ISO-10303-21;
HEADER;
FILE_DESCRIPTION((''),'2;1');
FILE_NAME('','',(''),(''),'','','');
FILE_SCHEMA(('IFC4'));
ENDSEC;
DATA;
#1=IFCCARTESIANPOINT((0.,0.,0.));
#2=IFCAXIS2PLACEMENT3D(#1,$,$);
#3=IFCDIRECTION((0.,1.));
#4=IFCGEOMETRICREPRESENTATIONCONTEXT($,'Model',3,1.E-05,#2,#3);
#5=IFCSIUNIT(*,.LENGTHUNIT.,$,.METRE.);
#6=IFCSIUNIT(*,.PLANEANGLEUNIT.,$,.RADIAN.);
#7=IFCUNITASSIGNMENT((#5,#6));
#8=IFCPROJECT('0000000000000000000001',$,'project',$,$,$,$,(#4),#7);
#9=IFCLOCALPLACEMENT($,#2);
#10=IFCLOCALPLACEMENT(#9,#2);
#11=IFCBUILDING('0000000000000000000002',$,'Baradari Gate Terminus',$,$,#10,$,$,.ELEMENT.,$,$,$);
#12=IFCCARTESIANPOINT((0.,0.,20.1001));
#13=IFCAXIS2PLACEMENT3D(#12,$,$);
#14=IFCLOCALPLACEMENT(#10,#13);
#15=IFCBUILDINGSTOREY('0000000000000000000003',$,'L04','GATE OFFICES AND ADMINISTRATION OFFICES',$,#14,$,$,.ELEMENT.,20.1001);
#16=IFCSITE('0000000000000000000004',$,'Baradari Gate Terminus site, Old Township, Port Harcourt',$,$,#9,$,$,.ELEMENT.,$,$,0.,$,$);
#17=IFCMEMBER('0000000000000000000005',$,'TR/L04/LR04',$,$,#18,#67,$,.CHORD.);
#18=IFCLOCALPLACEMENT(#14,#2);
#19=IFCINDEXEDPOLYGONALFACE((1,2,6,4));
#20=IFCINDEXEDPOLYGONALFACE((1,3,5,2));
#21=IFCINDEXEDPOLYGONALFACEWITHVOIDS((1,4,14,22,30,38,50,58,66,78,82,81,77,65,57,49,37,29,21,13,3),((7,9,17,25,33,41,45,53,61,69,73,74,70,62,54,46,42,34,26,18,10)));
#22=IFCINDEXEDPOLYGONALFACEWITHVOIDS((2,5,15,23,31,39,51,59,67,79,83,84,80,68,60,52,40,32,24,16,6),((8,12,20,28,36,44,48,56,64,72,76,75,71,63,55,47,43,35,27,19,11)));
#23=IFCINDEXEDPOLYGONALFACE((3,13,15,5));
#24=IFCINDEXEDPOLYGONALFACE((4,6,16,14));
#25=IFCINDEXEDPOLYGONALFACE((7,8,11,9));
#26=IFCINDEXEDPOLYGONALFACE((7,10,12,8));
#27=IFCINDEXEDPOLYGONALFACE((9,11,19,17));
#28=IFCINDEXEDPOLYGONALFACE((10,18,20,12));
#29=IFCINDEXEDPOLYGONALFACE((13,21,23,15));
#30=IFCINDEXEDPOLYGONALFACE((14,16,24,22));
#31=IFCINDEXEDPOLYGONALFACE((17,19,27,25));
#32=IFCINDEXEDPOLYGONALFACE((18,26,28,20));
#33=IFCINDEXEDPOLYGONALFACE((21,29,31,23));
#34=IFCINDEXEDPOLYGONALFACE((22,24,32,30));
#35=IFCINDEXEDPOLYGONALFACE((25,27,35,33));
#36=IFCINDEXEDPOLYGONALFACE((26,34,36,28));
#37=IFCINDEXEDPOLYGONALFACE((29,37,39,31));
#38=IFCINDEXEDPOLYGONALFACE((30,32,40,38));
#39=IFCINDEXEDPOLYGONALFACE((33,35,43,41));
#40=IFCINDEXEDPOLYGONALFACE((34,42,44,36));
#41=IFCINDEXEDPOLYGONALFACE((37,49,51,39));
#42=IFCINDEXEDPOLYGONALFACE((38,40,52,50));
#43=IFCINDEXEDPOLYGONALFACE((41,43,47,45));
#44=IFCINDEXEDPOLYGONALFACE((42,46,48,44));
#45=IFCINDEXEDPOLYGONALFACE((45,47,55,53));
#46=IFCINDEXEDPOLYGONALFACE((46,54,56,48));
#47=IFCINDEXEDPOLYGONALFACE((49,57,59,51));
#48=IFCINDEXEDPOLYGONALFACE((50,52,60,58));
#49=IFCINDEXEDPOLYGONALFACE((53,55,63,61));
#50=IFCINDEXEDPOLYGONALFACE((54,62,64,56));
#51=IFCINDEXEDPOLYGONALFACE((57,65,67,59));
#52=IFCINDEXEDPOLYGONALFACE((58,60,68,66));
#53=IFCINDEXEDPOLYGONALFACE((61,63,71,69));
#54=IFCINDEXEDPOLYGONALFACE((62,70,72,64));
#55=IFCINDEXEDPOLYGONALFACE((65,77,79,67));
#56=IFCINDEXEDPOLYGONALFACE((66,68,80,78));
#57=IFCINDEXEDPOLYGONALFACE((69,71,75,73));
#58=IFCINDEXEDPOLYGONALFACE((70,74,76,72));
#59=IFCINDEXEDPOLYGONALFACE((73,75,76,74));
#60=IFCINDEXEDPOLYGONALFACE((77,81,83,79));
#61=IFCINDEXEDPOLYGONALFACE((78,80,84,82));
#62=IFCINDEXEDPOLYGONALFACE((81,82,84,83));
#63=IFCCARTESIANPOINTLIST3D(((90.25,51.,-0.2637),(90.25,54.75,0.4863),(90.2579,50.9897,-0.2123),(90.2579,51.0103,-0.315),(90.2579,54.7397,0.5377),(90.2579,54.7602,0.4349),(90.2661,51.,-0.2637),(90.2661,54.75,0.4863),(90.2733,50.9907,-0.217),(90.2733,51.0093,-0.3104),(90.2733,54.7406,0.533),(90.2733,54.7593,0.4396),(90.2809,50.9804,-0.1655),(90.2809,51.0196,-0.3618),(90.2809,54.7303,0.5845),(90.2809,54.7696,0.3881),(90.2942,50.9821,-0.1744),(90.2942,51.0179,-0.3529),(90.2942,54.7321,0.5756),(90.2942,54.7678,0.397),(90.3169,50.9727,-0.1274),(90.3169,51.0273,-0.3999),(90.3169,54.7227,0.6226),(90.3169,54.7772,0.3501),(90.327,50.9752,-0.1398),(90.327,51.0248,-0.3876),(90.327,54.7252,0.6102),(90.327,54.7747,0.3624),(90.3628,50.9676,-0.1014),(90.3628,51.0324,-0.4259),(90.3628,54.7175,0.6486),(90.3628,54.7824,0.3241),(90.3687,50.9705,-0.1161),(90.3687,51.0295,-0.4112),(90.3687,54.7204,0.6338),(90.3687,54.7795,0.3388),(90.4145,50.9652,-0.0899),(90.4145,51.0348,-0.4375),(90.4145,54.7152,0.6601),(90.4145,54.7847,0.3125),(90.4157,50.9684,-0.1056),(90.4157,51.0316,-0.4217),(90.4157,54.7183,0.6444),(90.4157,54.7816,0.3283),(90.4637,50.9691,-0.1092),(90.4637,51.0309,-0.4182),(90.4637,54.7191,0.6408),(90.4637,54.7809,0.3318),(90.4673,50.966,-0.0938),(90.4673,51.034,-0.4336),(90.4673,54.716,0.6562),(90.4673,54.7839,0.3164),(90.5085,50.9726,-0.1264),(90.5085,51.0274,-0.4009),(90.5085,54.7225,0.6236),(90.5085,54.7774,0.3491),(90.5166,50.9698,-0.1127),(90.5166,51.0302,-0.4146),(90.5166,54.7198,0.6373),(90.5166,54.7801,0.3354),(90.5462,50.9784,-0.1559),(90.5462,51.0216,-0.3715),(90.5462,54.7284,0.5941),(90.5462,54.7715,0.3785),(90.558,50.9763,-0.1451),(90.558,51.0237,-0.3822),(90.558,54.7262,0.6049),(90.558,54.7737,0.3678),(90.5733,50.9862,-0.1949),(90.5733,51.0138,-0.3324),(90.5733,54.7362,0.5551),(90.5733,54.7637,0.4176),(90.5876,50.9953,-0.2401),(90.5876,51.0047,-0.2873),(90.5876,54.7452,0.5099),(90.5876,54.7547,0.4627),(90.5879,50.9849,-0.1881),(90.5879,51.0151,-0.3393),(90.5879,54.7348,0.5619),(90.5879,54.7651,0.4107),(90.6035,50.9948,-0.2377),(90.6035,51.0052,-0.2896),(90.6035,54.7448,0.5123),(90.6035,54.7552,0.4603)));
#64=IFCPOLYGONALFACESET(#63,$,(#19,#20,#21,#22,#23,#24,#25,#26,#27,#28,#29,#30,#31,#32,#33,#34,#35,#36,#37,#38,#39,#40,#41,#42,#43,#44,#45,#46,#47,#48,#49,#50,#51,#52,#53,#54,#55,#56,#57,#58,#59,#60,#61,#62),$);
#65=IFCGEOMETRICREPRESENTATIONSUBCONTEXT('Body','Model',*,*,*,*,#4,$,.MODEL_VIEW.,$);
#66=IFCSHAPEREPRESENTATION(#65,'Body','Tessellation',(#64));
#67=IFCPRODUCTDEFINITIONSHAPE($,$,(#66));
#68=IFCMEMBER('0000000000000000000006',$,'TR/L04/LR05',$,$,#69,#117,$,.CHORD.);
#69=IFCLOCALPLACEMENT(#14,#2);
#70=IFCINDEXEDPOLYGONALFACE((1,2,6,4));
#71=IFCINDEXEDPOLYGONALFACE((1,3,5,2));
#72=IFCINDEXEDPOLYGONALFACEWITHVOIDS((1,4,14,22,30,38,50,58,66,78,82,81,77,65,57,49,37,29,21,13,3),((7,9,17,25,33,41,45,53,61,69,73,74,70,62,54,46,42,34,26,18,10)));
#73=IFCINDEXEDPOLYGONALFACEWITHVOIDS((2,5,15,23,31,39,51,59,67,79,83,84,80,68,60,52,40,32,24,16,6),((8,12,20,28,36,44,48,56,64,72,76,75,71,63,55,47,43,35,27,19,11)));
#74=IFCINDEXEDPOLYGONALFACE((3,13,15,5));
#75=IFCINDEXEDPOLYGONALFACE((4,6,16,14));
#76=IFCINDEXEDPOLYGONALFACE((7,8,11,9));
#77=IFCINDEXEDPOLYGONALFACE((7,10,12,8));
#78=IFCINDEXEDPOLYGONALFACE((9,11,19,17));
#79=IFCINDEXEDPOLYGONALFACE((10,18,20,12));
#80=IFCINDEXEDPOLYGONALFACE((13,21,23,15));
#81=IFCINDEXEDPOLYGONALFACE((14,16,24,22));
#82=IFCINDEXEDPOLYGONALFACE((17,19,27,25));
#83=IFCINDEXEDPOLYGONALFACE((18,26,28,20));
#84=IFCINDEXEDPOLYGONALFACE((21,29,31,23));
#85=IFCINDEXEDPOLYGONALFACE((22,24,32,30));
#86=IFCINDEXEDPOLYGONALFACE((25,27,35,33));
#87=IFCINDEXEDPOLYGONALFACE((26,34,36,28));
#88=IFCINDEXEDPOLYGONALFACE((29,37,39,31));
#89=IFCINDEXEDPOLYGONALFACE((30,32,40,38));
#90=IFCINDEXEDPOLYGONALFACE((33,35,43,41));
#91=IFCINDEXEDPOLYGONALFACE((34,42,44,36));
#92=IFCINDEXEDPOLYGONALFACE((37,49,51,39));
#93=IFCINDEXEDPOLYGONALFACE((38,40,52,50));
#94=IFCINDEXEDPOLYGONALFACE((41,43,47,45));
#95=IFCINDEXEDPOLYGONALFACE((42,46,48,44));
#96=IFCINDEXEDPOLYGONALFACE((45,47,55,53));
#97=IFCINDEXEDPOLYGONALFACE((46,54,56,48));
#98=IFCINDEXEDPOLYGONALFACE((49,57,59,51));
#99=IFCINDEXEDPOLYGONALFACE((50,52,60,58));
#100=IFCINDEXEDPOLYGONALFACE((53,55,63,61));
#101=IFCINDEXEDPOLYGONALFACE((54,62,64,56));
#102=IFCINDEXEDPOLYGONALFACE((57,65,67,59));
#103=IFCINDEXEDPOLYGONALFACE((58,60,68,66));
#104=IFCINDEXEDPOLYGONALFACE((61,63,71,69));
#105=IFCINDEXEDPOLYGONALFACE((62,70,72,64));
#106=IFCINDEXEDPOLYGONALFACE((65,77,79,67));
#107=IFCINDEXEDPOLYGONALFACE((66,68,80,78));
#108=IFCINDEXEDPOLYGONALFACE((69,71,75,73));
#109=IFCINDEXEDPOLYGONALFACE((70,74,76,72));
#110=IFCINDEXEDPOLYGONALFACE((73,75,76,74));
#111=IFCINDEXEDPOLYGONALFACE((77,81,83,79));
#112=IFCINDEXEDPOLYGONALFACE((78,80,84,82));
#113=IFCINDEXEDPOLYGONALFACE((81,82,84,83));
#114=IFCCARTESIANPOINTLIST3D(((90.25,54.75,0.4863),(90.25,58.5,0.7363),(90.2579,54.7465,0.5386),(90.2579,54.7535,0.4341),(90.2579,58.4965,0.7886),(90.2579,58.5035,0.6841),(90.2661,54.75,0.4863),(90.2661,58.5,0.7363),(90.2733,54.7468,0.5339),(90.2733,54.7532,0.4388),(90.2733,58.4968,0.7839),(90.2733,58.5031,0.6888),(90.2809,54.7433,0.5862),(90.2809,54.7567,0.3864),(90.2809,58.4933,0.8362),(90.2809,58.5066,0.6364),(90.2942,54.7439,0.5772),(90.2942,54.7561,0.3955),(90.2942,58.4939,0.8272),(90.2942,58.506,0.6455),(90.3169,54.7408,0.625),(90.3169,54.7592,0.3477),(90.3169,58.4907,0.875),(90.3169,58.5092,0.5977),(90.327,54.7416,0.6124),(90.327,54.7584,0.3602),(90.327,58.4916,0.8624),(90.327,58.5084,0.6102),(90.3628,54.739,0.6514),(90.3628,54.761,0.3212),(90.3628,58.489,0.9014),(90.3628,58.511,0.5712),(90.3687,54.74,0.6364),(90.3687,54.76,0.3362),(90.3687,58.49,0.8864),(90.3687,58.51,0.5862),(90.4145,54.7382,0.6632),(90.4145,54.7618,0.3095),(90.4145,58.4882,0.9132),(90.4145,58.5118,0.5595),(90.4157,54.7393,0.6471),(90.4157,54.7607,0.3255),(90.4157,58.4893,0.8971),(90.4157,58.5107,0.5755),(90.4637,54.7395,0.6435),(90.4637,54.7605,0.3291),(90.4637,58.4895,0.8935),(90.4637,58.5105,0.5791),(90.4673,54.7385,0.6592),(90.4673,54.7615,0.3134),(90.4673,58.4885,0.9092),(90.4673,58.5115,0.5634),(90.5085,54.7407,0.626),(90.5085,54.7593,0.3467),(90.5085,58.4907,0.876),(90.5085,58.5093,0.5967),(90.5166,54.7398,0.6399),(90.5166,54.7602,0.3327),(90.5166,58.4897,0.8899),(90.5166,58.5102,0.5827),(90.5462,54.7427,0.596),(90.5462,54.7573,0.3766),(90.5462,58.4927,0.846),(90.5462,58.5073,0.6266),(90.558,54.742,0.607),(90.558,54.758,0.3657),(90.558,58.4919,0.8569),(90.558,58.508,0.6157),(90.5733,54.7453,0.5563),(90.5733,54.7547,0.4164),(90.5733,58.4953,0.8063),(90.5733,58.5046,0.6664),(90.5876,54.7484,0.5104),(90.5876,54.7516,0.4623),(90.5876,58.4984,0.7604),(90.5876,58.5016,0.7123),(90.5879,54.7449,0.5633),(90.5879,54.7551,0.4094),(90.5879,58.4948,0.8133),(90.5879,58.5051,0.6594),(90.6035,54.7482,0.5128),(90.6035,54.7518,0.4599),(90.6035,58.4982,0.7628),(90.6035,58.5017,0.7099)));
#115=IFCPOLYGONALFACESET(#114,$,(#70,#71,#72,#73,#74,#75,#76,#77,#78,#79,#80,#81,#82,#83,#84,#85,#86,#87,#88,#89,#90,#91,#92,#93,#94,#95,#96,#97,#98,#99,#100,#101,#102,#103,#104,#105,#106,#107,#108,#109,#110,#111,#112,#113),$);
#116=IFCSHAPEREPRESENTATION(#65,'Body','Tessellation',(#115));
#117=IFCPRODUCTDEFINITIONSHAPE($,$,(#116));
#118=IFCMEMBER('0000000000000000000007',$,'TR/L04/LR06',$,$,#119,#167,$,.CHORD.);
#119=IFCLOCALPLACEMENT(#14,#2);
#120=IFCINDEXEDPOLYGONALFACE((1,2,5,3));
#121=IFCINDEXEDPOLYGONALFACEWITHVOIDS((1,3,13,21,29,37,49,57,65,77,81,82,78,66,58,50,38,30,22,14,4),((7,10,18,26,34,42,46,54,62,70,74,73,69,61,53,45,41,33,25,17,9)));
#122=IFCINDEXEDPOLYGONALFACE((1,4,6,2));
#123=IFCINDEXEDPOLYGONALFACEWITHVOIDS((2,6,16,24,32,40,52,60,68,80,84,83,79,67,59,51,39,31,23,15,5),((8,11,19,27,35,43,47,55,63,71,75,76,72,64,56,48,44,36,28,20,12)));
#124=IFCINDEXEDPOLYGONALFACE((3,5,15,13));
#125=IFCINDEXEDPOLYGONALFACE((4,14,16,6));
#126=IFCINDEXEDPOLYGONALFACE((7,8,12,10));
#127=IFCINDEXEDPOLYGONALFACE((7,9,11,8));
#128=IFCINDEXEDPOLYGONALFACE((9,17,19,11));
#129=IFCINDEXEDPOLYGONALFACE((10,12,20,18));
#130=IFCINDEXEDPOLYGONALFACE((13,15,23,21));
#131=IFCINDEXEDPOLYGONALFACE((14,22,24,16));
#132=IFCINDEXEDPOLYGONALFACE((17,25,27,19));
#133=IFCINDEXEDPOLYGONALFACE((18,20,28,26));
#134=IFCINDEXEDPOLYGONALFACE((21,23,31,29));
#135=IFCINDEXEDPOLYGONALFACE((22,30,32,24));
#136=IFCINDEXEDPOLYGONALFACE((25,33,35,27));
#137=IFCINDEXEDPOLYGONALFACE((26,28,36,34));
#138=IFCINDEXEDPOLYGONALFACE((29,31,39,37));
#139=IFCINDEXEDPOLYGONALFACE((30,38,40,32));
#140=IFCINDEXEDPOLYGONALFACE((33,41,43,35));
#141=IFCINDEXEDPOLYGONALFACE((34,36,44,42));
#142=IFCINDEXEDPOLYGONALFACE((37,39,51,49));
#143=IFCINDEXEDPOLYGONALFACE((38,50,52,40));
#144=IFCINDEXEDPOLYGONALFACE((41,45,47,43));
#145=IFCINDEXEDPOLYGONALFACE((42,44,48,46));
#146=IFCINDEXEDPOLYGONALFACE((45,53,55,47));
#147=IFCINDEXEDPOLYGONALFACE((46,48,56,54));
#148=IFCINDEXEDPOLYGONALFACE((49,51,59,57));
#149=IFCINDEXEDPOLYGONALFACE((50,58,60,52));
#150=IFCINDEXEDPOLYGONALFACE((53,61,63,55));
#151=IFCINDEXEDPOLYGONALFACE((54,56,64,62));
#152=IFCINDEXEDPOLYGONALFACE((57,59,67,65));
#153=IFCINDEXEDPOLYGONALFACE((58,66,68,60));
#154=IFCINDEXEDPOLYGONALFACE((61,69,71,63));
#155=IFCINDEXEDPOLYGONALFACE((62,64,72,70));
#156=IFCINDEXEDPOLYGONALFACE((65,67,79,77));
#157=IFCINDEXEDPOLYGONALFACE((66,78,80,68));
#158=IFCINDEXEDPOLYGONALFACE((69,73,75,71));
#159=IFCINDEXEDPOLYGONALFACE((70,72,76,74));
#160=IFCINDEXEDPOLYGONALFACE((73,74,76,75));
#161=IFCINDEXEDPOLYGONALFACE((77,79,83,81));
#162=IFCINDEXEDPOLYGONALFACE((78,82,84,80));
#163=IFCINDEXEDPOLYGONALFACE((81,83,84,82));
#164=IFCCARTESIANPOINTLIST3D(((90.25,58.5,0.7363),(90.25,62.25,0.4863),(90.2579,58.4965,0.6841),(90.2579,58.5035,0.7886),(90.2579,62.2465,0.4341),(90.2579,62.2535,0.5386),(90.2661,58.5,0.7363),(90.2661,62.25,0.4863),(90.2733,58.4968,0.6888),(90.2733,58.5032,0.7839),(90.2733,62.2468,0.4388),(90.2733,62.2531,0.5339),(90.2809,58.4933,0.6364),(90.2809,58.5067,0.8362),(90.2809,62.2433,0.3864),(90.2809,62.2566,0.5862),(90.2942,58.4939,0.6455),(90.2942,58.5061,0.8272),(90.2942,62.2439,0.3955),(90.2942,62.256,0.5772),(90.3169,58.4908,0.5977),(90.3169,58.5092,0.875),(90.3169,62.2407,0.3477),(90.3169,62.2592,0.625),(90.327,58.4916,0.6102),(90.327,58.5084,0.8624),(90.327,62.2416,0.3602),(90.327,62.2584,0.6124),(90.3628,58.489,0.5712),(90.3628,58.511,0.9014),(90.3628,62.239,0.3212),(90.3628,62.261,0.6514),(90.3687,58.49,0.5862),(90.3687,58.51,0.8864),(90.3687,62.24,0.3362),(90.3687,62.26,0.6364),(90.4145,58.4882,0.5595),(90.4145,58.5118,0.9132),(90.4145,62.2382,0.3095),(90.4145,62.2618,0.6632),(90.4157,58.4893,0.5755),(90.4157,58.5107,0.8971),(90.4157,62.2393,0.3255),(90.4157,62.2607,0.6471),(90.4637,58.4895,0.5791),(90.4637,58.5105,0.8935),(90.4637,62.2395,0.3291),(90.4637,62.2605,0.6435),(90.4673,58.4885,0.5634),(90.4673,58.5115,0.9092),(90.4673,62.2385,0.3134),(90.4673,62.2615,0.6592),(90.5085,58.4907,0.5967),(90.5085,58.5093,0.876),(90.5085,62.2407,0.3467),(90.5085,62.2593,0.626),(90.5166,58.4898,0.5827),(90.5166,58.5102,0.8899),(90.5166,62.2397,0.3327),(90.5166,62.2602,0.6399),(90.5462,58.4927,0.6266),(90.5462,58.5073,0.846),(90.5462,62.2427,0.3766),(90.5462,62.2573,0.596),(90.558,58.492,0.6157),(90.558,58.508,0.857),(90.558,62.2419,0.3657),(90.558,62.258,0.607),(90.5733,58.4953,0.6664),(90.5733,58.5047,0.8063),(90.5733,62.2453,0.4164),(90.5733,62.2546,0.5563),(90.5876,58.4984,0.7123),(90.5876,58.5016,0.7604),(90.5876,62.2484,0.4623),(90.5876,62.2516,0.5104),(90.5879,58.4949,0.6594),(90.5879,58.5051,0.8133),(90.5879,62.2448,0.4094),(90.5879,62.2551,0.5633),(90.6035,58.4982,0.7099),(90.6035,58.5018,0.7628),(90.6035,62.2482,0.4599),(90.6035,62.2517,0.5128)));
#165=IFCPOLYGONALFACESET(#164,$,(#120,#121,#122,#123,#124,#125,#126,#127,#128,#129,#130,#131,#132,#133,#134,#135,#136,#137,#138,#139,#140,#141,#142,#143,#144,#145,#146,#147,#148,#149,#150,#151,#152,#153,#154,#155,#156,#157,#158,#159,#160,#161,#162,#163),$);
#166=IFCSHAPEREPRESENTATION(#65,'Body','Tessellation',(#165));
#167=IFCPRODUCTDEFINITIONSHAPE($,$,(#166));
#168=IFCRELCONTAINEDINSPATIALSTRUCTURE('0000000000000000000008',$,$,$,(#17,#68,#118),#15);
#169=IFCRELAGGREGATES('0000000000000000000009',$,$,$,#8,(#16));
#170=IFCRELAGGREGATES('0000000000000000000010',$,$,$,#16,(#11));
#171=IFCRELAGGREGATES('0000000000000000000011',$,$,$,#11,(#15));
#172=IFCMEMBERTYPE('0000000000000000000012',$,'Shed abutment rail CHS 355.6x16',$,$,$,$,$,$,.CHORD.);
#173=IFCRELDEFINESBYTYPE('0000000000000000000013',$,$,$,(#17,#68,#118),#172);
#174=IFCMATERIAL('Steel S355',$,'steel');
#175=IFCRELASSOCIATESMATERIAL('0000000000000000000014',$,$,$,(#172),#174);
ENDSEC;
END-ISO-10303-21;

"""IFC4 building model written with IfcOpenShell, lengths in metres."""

from ifc_helpers import new_model, si_unit, direction, frame, origin, origin_2d, place, context, subcontext, project, spatial, hollow_circle, extrude, material, material_profile, profile_set, type_object, element, save


model = new_model("IFC4")

# Units and contexts
model_context = context("Model", 3, precision=1e-05, world=origin(), true_north=direction((0.0, 1.0)))
body_context = subcontext(model_context, "Body", "Model", "MODEL_VIEW")
ifc_project = project(units=[si_unit("LENGTHUNIT", "METRE"), si_unit("PLANEANGLEUNIT", "RADIAN")], contexts=[model_context])

# Site, building, storey
site_placement = place(None, origin())
site = spatial("IfcSite", under=ifc_project, at=site_placement, Name="Baradari Gate Terminus site, Old Township, Port Harcourt", CompositionType="ELEMENT", RefElevation=0.0)
building_placement = place(site_placement, origin())
building = spatial("IfcBuilding", under=site, at=building_placement, Name="Baradari Gate Terminus", CompositionType="ELEMENT")
storey_placement = place(building_placement, frame((0.0, 0.0, 20.1001)))
storey = spatial("IfcBuildingStorey", under=building, at=storey_placement, Name="L04", Description="GATE OFFICES AND ADMINISTRATION OFFICES", CompositionType="ELEMENT", Elevation=20.1001)

# Members
ifc_material_1 = material(Name="Steel S355", Category="steel")
ifc_material_profile_1 = material_profile(ifc_material_1, hollow_circle(Radius=0.1777, WallThickness=0.0161, at=origin_2d()), Name="CHS 355.6x16")
ifc_profile_set_1 = profile_set([ifc_material_profile_1], Name="Steel S355")
member_type_1 = type_object("IfcMemberType", Name="Shed abutment rail CHS 355.6x16", PredefinedType="CHORD", material=ifc_profile_set_1)
member_1_placement = place(storey_placement, frame((90.4277, 51.0, -0.2637), z_axis=(0.0, 0.980581, 0.196116), x_axis=(-1.0, 0.0, 0.0)))
element("IfcMember", 1, at=member_1_placement, inside=storey, type_object=member_type_1, Name="TR/L04/LR04", PredefinedType="CHORD", context=body_context, shape_type="SweptSolid", body=[
    extrude(hollow_circle(Radius=0.1777, WallThickness=0.0161, at=origin_2d()), origin(), (0.0, 0.0, 1.0), 3.8242),
])
for number, where, z_axis, x_axis, name in (
    (2, (90.4277, 54.75, 0.4863), (0.0, 0.997785, 0.066519), (-1.0, 0.0, 0.0), "TR/L04/LR05"),
    (3, (90.4277, 58.5, 0.7363), (0.0, 0.997785, -0.066519), (-1.0, 0.0, 0.0), "TR/L04/LR06"),
):
    element("IfcMember", number, at=place(storey_placement, frame(where, z_axis=z_axis, x_axis=x_axis)), inside=storey, type_object=member_type_1, Name=name, PredefinedType="CHORD", context=body_context, shape_type="SweptSolid", body=[
        extrude(hollow_circle(Radius=0.1777, WallThickness=0.0161, at=origin_2d()), origin(), (0.0, 0.0, 1.0), 3.7583),
    ])

save(model, "model.ifc")
